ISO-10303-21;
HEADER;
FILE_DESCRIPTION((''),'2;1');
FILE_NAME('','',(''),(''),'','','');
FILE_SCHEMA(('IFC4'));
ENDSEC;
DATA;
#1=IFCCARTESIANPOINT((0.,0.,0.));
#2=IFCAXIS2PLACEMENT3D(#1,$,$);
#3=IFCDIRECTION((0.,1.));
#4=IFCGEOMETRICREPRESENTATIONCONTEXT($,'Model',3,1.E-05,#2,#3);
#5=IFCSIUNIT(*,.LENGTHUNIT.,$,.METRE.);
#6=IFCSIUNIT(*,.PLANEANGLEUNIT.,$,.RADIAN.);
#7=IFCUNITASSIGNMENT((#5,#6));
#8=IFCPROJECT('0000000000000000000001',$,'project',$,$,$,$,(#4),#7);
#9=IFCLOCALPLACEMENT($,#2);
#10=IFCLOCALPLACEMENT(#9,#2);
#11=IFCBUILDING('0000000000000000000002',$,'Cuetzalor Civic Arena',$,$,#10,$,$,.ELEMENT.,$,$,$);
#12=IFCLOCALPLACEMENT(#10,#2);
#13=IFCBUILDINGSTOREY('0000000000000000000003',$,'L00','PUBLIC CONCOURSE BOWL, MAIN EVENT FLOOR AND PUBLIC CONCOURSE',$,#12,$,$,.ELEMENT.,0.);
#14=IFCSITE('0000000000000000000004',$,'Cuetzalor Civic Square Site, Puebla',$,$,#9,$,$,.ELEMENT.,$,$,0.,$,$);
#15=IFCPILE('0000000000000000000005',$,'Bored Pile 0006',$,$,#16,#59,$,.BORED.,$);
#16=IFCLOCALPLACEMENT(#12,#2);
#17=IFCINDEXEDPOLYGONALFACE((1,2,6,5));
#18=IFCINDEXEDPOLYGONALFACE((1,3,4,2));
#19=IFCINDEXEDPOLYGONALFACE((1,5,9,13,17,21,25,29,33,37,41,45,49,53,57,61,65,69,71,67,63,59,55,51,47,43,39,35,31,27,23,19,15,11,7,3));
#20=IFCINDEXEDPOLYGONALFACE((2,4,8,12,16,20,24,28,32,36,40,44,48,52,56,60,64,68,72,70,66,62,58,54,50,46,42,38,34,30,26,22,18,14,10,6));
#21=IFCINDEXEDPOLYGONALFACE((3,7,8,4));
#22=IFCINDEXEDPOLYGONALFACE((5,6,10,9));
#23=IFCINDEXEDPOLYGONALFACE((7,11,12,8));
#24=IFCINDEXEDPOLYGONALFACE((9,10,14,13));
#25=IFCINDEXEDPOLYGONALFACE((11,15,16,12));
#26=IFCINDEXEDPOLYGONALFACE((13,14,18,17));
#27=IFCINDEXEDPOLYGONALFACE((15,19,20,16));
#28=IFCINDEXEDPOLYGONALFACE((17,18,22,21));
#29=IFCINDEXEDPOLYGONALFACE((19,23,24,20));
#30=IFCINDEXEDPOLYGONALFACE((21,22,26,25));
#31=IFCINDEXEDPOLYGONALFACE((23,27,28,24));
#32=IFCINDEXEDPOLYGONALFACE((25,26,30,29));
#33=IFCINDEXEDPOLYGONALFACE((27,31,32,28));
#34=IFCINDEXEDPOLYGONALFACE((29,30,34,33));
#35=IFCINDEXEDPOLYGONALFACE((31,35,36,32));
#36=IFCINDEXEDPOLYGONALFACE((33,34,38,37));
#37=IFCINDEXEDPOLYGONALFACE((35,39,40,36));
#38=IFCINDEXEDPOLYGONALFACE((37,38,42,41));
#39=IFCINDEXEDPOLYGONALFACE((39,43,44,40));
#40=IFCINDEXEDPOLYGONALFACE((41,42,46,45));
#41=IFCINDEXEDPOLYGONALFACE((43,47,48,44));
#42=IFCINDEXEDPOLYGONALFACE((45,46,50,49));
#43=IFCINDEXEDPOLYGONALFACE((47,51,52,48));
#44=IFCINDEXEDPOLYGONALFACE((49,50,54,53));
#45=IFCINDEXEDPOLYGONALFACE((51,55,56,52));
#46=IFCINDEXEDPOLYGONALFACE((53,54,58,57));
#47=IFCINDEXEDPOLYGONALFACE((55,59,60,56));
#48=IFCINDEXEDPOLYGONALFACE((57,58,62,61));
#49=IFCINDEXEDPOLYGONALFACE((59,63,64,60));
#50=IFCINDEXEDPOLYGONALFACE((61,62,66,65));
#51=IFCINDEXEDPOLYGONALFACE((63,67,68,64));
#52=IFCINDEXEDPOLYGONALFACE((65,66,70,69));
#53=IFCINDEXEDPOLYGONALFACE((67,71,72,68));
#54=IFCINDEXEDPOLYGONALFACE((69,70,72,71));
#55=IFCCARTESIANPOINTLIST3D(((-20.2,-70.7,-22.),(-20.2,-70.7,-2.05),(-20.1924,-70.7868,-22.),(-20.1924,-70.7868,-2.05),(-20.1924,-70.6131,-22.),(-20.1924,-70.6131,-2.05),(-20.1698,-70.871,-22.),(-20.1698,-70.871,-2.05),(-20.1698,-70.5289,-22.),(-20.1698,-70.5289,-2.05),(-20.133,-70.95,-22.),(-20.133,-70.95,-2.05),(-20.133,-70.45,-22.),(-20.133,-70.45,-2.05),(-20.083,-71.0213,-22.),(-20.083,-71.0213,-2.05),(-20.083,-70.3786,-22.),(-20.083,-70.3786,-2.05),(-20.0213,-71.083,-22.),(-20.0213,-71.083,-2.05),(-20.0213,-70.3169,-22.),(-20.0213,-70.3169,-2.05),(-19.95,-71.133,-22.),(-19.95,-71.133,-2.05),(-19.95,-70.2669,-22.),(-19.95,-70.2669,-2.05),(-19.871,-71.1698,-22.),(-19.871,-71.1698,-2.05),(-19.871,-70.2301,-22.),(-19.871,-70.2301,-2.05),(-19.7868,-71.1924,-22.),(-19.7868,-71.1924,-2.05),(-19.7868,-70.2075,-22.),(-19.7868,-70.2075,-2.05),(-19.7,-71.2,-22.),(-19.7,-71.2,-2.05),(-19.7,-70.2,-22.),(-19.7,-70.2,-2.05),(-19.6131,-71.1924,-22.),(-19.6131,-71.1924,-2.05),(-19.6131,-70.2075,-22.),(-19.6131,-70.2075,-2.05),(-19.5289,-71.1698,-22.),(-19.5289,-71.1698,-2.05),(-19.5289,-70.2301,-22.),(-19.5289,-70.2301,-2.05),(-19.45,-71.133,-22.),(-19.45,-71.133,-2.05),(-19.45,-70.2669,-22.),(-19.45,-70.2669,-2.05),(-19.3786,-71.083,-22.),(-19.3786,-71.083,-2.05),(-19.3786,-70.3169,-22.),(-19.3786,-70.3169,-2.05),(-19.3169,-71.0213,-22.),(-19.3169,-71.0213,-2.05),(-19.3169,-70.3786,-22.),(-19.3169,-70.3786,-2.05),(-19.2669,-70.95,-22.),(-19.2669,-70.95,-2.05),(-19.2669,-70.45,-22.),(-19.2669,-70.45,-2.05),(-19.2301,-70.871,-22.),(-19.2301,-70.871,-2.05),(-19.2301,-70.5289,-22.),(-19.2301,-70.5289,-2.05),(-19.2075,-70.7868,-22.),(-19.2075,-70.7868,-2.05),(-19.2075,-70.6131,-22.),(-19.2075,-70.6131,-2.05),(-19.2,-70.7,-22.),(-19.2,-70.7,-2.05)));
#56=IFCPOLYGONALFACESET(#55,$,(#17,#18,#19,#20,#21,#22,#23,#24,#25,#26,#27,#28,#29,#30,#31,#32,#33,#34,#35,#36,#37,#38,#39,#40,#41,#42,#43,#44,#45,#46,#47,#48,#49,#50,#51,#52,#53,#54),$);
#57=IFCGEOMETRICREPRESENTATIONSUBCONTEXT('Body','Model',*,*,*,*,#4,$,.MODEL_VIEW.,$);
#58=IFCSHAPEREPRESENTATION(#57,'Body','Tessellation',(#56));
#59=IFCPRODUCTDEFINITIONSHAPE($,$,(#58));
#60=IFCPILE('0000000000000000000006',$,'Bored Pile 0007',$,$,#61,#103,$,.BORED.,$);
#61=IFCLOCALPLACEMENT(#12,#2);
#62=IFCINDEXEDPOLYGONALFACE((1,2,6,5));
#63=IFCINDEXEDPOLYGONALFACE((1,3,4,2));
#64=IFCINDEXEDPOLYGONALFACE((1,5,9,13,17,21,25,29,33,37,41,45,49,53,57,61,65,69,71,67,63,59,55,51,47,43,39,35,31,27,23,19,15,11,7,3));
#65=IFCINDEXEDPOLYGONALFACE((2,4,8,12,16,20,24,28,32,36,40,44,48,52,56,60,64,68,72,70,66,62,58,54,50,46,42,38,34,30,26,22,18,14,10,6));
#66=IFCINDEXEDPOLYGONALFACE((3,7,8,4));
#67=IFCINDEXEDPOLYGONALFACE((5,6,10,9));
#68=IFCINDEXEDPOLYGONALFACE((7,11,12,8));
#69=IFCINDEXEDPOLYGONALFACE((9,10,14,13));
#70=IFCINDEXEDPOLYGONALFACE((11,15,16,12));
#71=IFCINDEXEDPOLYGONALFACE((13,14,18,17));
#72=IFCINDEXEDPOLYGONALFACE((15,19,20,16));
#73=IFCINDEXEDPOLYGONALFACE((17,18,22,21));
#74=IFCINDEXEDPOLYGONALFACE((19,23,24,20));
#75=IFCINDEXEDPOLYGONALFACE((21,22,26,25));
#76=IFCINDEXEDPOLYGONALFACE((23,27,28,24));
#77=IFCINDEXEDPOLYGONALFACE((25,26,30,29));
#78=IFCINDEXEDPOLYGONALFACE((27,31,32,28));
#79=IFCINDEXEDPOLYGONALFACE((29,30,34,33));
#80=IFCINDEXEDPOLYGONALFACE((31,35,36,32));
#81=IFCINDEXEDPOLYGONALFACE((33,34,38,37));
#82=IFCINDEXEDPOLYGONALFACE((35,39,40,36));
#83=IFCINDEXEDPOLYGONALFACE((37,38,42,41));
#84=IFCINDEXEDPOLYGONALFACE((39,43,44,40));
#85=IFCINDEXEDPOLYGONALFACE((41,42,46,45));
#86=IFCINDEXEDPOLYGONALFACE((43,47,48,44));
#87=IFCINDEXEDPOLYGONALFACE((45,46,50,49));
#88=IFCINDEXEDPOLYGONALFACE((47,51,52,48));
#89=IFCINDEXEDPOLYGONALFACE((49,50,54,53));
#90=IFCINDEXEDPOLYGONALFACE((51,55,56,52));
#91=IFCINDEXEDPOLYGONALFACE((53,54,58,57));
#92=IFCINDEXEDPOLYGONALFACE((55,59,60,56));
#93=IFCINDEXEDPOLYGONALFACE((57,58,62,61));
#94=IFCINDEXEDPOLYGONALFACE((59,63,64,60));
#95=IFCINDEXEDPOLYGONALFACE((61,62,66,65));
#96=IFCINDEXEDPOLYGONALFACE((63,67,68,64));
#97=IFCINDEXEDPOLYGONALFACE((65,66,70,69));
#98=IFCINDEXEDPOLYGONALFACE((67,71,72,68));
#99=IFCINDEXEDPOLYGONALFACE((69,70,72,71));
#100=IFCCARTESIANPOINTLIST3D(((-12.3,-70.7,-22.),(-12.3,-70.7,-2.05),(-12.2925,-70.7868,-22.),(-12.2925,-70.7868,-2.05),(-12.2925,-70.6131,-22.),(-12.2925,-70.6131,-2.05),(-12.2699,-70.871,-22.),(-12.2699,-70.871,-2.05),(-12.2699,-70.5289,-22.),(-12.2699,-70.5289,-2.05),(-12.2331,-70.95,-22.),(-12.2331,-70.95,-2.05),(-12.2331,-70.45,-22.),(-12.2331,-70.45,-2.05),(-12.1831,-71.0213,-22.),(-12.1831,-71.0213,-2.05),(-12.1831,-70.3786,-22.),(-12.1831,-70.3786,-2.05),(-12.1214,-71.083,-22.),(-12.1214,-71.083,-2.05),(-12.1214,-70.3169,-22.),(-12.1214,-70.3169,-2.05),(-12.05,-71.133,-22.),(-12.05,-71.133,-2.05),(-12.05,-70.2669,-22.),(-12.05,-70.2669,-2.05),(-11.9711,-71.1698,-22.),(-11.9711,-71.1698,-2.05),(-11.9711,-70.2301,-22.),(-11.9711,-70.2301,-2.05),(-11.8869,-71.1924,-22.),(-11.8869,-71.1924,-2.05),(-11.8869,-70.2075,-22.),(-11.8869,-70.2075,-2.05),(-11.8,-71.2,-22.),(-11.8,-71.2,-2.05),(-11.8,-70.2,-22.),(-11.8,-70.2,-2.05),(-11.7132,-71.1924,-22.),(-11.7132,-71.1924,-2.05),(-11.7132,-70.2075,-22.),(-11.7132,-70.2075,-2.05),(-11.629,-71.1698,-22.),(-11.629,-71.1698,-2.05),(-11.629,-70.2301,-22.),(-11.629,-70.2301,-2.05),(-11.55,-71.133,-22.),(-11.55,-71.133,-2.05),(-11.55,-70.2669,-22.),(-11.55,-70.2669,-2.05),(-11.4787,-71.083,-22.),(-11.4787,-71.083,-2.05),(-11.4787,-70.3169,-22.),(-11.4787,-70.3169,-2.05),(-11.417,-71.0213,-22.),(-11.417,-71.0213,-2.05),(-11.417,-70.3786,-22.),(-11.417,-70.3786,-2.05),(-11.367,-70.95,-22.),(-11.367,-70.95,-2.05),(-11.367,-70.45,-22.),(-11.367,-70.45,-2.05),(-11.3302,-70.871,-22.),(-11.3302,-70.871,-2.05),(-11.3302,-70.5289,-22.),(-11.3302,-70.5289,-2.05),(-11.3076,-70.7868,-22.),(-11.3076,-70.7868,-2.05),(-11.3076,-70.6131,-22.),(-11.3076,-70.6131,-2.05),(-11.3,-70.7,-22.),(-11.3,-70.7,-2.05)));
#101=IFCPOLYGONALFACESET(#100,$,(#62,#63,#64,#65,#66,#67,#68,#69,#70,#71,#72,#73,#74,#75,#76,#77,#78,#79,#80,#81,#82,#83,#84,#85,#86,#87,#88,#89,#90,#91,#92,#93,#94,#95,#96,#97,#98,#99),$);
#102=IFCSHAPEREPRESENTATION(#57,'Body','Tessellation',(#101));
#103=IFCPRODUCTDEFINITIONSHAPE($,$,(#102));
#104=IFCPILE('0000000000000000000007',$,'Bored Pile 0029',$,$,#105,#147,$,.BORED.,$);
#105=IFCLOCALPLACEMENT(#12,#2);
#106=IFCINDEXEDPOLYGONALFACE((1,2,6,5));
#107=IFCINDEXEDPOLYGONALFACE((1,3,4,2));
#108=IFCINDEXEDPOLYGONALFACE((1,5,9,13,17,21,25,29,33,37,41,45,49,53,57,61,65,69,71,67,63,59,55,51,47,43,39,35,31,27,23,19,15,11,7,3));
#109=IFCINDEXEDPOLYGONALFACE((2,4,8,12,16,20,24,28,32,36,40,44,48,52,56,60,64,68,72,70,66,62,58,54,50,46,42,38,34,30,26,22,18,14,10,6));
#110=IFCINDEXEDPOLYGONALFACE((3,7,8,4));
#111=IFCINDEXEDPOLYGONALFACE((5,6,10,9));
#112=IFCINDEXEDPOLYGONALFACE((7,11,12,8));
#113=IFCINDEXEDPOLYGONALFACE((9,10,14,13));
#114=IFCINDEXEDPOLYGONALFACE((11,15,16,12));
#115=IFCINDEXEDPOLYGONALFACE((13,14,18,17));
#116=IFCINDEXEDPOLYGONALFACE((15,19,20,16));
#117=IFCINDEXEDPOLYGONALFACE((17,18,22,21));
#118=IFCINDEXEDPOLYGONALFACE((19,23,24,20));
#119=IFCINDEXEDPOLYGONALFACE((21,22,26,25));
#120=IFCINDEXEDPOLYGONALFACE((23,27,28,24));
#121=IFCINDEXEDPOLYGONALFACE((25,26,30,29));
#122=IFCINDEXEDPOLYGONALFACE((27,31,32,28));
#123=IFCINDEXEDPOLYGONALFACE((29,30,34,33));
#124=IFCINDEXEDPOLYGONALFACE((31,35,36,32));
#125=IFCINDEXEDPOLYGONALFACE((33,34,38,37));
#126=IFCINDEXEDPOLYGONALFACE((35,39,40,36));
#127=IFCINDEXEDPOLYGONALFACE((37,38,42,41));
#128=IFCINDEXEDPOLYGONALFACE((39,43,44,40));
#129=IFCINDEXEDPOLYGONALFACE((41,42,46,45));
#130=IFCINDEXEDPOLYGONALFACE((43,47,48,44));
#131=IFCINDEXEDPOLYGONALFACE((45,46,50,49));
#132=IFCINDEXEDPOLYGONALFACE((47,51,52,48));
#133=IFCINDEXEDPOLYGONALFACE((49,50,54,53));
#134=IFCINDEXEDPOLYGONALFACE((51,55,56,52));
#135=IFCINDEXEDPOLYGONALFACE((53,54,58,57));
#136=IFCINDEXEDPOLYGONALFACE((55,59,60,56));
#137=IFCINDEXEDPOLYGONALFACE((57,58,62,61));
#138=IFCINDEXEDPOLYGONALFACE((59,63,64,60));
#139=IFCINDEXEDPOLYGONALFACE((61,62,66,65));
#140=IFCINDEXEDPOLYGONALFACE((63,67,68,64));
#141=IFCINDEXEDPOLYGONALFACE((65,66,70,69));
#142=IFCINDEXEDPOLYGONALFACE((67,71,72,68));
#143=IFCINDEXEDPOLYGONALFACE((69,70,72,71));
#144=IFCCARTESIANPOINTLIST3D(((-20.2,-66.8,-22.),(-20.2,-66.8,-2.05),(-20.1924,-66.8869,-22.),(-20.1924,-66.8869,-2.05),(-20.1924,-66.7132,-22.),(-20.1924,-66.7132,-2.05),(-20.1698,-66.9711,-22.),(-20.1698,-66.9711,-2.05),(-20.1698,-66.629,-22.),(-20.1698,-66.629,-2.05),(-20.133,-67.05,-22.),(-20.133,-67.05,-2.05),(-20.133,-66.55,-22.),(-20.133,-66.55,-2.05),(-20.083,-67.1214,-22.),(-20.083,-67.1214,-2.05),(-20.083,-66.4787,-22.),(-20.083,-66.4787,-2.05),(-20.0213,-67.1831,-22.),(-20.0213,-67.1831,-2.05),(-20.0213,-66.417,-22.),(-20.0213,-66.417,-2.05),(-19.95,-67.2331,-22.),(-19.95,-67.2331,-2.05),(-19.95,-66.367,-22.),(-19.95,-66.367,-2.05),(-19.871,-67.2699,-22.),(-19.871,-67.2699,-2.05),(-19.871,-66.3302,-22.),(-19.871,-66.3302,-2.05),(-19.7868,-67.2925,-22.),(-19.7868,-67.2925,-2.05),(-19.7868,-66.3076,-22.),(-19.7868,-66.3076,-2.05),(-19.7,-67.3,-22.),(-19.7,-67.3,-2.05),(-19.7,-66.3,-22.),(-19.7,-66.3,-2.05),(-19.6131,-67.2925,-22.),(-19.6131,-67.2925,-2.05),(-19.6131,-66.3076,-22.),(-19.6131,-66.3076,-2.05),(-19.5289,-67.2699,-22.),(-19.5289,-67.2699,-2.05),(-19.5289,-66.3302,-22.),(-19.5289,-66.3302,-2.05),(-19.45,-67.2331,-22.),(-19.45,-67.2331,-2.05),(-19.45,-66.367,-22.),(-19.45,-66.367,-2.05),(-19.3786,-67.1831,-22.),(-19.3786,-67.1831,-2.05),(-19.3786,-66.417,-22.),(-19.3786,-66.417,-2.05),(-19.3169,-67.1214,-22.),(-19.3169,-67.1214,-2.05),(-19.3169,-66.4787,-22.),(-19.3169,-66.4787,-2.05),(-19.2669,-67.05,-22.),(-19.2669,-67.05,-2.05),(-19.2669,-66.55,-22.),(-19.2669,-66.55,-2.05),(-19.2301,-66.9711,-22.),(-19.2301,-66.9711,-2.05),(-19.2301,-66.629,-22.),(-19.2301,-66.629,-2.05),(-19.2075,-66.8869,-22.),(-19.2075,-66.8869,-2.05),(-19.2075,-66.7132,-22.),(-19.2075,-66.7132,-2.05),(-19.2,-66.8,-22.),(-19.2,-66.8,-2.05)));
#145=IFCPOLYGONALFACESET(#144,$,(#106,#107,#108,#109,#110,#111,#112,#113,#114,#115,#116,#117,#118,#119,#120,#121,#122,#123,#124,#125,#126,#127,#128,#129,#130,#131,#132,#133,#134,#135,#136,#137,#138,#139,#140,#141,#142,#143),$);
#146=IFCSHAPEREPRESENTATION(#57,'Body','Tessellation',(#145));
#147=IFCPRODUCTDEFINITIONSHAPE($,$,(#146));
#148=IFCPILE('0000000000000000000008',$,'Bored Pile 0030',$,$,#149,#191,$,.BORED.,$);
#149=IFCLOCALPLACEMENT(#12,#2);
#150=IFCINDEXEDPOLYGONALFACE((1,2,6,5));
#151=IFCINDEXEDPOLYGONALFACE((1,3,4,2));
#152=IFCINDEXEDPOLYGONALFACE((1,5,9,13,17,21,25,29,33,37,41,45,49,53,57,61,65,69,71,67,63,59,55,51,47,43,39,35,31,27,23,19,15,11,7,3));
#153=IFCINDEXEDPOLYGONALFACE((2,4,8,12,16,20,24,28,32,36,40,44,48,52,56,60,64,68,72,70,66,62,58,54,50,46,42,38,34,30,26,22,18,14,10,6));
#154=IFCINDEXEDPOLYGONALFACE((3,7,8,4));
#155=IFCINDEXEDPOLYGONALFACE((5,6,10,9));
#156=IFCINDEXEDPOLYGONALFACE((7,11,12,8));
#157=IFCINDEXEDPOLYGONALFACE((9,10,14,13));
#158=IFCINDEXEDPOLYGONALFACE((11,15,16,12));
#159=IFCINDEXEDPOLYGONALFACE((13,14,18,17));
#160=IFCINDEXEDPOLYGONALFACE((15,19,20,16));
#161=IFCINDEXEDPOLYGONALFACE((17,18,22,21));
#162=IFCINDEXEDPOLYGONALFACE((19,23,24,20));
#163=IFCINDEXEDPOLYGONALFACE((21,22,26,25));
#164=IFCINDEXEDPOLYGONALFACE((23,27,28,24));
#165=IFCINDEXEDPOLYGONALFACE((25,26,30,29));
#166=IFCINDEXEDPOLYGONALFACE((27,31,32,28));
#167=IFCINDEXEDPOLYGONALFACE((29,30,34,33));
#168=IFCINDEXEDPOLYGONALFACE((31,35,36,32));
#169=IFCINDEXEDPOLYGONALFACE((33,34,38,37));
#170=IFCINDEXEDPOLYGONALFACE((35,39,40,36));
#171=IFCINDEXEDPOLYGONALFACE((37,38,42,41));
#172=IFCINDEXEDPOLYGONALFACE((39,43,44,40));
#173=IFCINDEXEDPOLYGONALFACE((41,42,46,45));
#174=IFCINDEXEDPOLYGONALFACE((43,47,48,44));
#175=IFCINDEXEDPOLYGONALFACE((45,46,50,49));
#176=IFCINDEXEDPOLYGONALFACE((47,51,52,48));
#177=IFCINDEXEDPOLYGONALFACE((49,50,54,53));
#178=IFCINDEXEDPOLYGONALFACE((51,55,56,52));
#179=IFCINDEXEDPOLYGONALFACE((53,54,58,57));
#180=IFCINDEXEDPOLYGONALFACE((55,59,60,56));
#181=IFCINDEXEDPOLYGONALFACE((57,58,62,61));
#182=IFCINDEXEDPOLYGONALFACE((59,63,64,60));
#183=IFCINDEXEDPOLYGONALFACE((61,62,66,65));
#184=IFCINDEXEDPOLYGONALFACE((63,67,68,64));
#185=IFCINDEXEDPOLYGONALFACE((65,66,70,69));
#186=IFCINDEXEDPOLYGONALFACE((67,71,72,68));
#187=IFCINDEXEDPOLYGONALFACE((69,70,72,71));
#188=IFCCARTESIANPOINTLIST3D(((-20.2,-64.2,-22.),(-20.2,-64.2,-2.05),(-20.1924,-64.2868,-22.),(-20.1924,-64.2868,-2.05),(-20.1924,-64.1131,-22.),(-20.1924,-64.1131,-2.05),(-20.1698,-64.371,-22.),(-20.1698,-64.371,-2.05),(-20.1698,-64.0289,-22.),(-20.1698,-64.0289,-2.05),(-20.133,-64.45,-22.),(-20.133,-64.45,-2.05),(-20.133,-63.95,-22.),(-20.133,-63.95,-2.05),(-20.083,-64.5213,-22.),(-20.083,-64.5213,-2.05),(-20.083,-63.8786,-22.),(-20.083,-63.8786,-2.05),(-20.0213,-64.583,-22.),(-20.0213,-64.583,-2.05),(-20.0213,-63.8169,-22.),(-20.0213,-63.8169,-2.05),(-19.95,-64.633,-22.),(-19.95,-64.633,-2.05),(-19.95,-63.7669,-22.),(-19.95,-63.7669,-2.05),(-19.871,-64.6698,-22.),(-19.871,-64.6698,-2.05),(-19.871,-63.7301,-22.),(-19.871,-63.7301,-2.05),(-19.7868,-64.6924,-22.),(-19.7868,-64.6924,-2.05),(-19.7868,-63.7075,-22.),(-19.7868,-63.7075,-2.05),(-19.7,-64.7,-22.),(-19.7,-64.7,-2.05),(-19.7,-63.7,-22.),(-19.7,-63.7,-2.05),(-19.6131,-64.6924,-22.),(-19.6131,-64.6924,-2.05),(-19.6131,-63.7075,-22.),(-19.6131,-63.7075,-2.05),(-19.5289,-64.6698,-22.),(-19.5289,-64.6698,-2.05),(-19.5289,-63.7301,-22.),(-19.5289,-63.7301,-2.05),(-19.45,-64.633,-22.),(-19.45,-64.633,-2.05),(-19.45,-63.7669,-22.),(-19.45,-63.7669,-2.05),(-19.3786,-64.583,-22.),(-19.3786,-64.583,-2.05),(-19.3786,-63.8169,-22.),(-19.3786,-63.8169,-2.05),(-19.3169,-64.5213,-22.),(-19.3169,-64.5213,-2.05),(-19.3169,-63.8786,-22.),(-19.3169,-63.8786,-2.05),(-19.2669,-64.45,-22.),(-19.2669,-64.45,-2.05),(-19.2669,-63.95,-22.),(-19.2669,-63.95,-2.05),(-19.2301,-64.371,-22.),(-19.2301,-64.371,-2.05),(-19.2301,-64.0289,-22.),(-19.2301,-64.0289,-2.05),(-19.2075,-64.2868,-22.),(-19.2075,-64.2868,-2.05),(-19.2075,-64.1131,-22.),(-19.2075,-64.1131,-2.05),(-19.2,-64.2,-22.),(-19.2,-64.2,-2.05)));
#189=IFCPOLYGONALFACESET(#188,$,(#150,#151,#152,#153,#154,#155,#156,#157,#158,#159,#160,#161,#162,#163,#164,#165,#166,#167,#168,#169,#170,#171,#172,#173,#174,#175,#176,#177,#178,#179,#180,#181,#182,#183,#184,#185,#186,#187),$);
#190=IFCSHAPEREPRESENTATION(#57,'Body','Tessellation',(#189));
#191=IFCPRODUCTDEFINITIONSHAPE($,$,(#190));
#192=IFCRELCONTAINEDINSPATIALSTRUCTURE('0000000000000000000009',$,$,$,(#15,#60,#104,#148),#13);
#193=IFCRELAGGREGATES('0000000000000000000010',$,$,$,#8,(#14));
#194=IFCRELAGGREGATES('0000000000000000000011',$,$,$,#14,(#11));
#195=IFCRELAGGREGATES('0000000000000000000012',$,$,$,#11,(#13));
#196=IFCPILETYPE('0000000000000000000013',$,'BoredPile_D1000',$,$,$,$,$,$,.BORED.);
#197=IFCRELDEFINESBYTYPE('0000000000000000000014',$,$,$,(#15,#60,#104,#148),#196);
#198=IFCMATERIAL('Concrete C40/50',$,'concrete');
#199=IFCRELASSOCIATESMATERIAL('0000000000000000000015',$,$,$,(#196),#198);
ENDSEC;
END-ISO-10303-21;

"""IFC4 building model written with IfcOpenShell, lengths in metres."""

from ifc_helpers import new_model, si_unit, direction, frame, origin, origin_2d, place, context, subcontext, project, spatial, circle, extrude, material, material_profile, profile_set, type_object, element, save


model = new_model("IFC4")

# Units and contexts
model_context = context("Model", 3, precision=1e-05, world=origin(), true_north=direction((0.0, 1.0)))
body_context = subcontext(model_context, "Body", "Model", "MODEL_VIEW")
ifc_project = project(units=[si_unit("LENGTHUNIT", "METRE"), si_unit("PLANEANGLEUNIT", "RADIAN")], contexts=[model_context])

# Site, building, storey
site_placement = place(None, origin())
site = spatial("IfcSite", under=ifc_project, at=site_placement, Name="Cuetzalor Civic Square Site, Puebla", CompositionType="ELEMENT", RefElevation=0.0)
building_placement = place(site_placement, origin())
building = spatial("IfcBuilding", under=site, at=building_placement, Name="Cuetzalor Civic Arena", CompositionType="ELEMENT")
storey_placement = place(building_placement, origin())
storey = spatial("IfcBuildingStorey", under=building, at=storey_placement, Name="L00", Description="PUBLIC CONCOURSE BOWL, MAIN EVENT FLOOR AND PUBLIC CONCOURSE", CompositionType="ELEMENT", Elevation=0.0)

# Piles
ifc_material_1 = material(Name="Concrete C40/50", Category="concrete")
ifc_material_profile_1 = material_profile(ifc_material_1, circle(Radius=0.5, at=origin_2d()), Name="BORED PILE D1000")
ifc_profile_set_1 = profile_set([ifc_material_profile_1], Name="Concrete C40/50")
pile_type = type_object("IfcPileType", Name="BoredPile_D1000", PredefinedType="BORED", material=ifc_profile_set_1)
for number, where, z_axis, x_axis, name in (
    (1, (-19.7, -70.7, -2.05), (0.0, 0.0, -1.0), (1.0, 0.0, 0.0), "Bored Pile 0006"),
    (2, (-11.8, -70.7, -2.05), (0.0, 0.0, -1.0), (1.0, 0.0, 0.0), "Bored Pile 0007"),
    (3, (-19.7, -66.8, -2.05), (0.0, 0.0, -1.0), (1.0, 0.0, 0.0), "Bored Pile 0029"),
    (4, (-19.7, -64.2, -2.05), (0.0, 0.0, -1.0), (1.0, 0.0, 0.0), "Bored Pile 0030"),
):
    element("IfcPile", number, at=place(storey_placement, frame(where, z_axis=z_axis, x_axis=x_axis)), inside=storey, type_object=pile_type, Name=name, PredefinedType="BORED", context=body_context, shape_type="SweptSolid", body=[
        extrude(circle(Radius=0.5, at=origin_2d()), origin(), (0.0, 0.0, 1.0), 19.95),
    ])

save(model, "model.ifc")
